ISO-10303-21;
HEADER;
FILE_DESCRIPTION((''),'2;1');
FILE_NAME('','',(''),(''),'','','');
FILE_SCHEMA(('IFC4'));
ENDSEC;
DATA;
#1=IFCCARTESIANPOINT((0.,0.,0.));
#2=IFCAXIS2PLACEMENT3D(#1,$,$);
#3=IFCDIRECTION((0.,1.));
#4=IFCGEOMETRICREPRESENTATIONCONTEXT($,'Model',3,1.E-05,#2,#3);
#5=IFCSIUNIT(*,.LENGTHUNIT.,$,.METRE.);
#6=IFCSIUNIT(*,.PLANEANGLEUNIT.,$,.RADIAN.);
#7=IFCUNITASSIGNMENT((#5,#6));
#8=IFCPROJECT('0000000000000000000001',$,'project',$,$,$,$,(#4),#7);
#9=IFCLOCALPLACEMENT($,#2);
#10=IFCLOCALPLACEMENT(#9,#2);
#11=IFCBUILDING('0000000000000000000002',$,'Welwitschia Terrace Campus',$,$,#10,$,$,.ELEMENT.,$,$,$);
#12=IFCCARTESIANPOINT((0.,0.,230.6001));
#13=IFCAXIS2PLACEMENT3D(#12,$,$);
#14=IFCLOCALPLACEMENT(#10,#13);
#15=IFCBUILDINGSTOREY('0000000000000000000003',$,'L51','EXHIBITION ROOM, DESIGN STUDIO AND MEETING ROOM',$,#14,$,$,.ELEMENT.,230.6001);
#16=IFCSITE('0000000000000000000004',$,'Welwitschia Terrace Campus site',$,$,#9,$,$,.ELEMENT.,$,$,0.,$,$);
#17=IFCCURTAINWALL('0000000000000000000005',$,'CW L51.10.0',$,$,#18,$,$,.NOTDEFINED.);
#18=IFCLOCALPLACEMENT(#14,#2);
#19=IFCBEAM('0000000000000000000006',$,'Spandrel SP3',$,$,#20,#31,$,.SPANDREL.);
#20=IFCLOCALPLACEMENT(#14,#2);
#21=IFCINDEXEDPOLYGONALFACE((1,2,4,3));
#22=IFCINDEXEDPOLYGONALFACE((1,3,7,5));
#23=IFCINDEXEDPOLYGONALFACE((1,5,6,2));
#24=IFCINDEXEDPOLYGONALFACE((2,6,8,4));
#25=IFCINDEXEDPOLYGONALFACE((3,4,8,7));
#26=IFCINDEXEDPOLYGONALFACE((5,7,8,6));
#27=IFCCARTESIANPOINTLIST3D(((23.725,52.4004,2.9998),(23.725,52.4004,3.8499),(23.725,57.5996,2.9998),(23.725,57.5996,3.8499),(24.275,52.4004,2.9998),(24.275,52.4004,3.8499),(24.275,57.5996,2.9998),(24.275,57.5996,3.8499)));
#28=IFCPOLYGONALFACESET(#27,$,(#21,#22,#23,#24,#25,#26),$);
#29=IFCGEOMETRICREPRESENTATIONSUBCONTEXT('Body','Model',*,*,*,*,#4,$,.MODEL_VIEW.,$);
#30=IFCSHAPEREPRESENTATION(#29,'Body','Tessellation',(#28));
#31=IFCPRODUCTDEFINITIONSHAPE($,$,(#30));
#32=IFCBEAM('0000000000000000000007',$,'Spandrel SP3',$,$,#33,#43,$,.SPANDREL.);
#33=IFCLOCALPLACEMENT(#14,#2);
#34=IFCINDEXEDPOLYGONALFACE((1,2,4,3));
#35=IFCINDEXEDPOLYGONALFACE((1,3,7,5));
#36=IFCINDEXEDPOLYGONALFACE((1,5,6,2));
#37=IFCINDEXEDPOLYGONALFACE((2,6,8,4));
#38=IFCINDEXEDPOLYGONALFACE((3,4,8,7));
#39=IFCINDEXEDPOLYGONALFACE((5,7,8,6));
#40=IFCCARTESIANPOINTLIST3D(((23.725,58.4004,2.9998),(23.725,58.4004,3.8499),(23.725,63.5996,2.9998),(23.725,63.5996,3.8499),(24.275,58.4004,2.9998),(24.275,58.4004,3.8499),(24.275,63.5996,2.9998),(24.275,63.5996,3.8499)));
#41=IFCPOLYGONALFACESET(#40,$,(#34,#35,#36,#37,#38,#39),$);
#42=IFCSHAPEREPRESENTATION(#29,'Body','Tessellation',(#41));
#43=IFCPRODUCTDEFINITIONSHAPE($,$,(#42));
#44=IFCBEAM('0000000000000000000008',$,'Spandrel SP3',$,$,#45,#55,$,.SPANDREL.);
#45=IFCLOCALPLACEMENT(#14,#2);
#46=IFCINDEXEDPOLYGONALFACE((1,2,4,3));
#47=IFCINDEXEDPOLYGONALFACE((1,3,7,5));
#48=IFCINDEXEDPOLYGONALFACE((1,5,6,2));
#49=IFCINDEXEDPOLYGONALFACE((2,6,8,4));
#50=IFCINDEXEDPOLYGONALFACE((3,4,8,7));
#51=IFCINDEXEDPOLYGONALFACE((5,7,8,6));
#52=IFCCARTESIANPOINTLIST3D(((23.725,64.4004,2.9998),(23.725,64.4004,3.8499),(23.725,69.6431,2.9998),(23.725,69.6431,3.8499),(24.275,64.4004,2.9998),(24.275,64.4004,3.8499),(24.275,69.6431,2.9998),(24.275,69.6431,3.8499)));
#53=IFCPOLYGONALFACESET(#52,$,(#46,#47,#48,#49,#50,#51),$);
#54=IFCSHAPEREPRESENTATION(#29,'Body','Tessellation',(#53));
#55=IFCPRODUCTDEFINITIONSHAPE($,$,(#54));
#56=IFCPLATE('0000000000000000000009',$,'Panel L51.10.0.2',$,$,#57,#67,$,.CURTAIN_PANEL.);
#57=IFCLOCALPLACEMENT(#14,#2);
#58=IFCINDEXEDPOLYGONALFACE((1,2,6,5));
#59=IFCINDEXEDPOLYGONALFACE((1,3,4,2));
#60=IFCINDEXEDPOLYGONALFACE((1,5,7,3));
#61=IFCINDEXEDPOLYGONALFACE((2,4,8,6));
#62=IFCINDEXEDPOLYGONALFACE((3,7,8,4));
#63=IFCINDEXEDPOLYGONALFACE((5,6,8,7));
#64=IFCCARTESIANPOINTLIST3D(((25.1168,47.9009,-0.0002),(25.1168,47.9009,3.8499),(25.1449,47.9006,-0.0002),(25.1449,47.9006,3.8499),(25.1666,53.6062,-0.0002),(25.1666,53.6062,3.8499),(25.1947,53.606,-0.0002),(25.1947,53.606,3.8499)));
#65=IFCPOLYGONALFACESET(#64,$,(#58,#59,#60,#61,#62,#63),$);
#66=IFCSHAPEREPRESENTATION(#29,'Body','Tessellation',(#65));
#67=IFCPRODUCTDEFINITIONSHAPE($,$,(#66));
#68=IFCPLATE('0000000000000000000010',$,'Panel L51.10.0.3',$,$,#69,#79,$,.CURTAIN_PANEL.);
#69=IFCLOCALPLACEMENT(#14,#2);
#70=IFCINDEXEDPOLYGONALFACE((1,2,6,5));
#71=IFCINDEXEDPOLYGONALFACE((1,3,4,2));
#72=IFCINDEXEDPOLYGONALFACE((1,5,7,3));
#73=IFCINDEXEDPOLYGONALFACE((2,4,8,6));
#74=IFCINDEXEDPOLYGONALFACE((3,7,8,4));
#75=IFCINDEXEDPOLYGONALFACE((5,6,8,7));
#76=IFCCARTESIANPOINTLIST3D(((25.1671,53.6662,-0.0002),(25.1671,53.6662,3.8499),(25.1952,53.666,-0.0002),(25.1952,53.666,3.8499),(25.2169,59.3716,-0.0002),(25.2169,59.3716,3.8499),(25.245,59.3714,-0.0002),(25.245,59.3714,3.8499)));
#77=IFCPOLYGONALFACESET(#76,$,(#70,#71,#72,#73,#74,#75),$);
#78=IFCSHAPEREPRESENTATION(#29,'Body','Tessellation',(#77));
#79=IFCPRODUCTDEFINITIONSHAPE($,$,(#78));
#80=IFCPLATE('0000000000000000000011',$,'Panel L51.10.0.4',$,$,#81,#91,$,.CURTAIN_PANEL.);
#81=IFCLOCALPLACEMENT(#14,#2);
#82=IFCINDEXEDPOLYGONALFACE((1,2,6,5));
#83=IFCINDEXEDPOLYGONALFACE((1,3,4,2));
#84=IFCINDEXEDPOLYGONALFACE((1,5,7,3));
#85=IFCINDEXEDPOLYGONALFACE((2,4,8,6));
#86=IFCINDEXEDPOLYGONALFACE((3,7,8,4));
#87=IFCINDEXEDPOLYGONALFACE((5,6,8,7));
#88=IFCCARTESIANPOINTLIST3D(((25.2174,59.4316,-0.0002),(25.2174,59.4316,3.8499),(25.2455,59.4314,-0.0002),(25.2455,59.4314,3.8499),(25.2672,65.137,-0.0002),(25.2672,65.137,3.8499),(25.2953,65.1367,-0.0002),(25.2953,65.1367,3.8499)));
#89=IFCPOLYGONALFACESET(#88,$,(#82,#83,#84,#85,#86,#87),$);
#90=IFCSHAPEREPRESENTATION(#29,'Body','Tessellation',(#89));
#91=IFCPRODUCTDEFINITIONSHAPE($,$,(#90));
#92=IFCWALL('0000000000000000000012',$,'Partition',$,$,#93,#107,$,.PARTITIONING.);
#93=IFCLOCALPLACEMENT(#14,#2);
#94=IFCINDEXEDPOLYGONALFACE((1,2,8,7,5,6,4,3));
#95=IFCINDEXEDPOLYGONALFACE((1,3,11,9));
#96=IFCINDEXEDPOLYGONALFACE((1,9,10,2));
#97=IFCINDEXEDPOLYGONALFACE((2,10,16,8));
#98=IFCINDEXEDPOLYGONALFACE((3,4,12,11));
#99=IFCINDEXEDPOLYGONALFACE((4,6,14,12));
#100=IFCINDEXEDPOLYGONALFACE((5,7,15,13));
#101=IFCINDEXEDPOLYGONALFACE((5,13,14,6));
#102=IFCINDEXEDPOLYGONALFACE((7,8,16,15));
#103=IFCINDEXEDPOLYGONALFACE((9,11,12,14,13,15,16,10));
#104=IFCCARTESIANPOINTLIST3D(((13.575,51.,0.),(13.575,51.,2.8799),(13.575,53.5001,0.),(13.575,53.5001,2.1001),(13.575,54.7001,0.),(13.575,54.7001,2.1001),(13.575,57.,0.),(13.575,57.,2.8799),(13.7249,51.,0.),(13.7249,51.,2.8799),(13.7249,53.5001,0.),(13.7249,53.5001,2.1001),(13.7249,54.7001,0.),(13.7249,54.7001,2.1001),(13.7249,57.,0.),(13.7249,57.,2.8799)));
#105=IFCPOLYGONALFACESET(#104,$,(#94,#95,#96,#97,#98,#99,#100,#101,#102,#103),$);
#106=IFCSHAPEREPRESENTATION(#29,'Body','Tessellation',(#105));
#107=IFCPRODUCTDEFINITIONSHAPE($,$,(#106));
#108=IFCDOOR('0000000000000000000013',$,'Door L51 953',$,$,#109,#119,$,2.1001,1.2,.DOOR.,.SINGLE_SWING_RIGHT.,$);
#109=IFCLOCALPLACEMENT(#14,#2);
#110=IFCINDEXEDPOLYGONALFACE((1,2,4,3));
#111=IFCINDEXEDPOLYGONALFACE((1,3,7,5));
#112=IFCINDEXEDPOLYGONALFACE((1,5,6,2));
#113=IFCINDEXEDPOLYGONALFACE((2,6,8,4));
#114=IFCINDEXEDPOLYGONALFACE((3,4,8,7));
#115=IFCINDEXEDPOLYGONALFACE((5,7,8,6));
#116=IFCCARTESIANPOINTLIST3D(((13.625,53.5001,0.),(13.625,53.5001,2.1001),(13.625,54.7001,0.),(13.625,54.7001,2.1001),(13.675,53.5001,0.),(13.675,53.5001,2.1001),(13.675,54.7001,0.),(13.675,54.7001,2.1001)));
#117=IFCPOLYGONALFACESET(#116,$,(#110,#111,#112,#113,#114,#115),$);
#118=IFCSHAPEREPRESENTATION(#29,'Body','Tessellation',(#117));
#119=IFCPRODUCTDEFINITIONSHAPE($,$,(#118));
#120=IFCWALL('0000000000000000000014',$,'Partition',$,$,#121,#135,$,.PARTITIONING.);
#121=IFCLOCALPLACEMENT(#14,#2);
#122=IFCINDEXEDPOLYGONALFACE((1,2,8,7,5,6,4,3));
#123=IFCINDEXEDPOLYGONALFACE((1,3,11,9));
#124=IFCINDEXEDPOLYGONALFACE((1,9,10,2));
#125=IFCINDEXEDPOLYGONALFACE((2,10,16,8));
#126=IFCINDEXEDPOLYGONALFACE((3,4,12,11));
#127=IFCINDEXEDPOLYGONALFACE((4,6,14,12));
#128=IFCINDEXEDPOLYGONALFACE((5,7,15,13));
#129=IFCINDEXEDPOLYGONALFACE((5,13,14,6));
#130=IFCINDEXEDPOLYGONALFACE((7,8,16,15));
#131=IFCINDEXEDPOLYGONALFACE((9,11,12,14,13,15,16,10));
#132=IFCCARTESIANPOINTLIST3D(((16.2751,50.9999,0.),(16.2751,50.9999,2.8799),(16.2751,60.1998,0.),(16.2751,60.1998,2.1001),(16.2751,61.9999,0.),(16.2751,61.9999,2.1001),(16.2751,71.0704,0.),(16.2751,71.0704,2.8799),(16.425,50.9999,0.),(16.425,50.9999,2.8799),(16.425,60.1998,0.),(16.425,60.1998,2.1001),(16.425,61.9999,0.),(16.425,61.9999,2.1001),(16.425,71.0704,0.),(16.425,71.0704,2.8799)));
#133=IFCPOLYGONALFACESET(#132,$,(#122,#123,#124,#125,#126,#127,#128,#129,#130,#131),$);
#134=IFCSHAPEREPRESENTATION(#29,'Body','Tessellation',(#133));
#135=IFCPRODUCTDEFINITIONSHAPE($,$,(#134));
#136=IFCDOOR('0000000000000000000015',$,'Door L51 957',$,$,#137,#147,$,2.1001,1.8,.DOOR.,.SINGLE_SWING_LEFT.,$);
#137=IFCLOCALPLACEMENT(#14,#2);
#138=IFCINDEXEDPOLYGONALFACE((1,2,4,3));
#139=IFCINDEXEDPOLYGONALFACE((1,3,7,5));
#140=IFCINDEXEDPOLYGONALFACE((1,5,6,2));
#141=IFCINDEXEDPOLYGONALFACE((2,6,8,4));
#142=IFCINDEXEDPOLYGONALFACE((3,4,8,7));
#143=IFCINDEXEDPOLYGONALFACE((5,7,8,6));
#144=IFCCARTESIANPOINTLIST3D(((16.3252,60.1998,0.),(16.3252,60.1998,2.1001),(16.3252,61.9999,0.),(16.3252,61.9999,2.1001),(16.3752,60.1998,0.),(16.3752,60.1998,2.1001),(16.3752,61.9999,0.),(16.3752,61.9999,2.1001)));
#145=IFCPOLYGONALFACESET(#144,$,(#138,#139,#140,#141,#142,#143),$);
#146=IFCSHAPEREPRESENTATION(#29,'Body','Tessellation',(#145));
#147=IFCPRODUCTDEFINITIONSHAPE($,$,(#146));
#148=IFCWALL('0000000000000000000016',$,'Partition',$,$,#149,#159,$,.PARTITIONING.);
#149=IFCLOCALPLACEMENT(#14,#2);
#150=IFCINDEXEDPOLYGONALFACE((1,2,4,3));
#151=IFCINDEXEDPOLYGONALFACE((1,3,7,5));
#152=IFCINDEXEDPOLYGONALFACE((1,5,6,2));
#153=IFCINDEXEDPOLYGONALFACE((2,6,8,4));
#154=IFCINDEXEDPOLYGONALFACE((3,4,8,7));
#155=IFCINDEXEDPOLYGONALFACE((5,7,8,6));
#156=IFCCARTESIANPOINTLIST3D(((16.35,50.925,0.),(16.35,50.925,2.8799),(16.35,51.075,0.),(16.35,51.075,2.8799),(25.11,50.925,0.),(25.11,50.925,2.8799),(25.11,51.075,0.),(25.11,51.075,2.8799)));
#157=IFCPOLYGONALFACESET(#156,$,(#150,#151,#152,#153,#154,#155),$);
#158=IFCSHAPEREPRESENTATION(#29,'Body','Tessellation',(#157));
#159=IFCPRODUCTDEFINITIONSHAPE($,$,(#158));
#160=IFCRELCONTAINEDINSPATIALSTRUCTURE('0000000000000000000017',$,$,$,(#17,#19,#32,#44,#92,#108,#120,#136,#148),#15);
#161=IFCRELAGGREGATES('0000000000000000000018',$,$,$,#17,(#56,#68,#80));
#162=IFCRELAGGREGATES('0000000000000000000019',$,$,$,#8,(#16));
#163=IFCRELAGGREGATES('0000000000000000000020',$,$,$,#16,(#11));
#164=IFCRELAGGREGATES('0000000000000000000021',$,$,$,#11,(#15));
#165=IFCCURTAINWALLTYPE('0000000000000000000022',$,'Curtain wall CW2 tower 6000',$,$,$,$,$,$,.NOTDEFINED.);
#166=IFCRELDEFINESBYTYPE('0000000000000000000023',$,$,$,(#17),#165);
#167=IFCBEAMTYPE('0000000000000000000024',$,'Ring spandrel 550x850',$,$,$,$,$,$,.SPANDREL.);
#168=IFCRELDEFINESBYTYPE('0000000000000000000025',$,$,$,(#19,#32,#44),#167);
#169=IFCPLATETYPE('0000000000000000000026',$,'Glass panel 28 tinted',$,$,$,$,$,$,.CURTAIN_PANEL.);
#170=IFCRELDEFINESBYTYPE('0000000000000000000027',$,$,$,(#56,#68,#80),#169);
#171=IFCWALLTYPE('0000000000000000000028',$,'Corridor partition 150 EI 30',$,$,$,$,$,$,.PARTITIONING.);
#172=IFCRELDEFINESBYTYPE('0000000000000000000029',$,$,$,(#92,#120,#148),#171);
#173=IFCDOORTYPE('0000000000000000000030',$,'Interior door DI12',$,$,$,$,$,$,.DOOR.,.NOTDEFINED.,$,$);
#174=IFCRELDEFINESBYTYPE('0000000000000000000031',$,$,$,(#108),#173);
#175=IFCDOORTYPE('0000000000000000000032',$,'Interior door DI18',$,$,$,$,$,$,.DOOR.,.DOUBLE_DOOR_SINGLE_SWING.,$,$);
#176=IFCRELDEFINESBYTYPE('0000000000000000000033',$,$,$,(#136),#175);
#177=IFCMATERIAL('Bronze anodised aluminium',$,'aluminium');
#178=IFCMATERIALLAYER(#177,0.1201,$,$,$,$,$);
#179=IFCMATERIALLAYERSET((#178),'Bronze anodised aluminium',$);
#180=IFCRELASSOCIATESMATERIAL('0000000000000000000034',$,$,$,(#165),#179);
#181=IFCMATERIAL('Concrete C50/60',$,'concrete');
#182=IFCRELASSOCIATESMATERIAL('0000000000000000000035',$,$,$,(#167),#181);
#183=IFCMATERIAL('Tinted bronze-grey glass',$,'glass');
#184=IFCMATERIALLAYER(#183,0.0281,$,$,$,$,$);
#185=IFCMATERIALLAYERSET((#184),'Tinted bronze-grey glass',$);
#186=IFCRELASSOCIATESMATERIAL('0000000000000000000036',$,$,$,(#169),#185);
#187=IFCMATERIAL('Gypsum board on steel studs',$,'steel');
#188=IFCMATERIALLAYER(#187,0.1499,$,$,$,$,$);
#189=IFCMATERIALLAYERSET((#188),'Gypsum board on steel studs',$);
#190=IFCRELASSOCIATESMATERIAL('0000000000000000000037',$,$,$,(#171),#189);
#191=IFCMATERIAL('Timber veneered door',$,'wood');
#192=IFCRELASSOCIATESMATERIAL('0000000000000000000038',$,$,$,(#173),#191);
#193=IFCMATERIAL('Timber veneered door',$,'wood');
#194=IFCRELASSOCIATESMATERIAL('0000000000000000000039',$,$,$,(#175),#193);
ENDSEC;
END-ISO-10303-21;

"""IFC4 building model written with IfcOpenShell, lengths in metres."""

from ifc_helpers import new_model, si_unit, direction, frame, frame_2d, origin, origin_2d, place, context, subcontext, project, spatial, rectangle, extrude, material, layer, layer_set, material_profile, profile_set, type_object, element, fill, aggregate, save


model = new_model("IFC4")

# Units and contexts
model_context = context("Model", 3, precision=1e-05, world=origin(), true_north=direction((0.0, 1.0)))
body_context = subcontext(model_context, "Body", "Model", "MODEL_VIEW")
ifc_project = project(units=[si_unit("LENGTHUNIT", "METRE"), si_unit("PLANEANGLEUNIT", "RADIAN")], contexts=[model_context])

# Site, building, storey
site_placement = place(None, origin())
site = spatial("IfcSite", under=ifc_project, at=site_placement, Name="Welwitschia Terrace Campus site", CompositionType="ELEMENT", RefElevation=0.0)
building_placement = place(site_placement, origin())
building = spatial("IfcBuilding", under=site, at=building_placement, Name="Welwitschia Terrace Campus", CompositionType="ELEMENT")
storey_placement = place(building_placement, frame((0.0, 0.0, 230.6001)))
storey = spatial("IfcBuildingStorey", under=building, at=storey_placement, Name="L51", Description="EXHIBITION ROOM, DESIGN STUDIO AND MEETING ROOM", CompositionType="ELEMENT", Elevation=230.6001)

# Curtain wall
ifc_material_1 = material(Name="Bronze anodised aluminium", Category="aluminium")
ifc_layer_1 = layer(ifc_material_1, 0.1201)
ifc_layer_set_1 = layer_set([ifc_layer_1], Name="Bronze anodised aluminium")
curtain_wall_type = type_object("IfcCurtainWallType", Name="Curtain wall CW2 tower 6000", PredefinedType="NOTDEFINED", material=ifc_layer_set_1)
curtain_wall_placement = place(storey_placement, origin())
curtain_wall = element("IfcCurtainWall", 1, at=curtain_wall_placement, inside=storey, type_object=curtain_wall_type, Name="CW L51.10.0", PredefinedType="NOTDEFINED")

# Beams
ifc_material_2 = material(Name="Concrete C50/60", Category="concrete")
ifc_material_profile_1 = material_profile(ifc_material_2, rectangle(XDim=0.55, YDim=0.8501, at=origin_2d()))
ifc_profile_set_1 = profile_set([ifc_material_profile_1], Name="Concrete C50/60")
beam_type_1 = type_object("IfcBeamType", Name="Ring spandrel 550x850", PredefinedType="SPANDREL", material=ifc_profile_set_1)
for number, where, z_axis, x_axis, name in (
    (2, (24.0, 52.4004, 3.4248), (0.0, 1.0, 0.0), (-1.0, 0.0, 0.0), "Spandrel SP3"),
    (3, (24.0, 58.4004, 3.4248), (0.0, 1.0, 0.0), (-1.0, 0.0, 0.0), "Spandrel SP3"),
):
    element("IfcBeam", number, at=place(storey_placement, frame(where, z_axis=z_axis, x_axis=x_axis)), inside=storey, type_object=beam_type_1, Name=name, PredefinedType="SPANDREL", context=body_context, shape_type="SweptSolid", body=[
        extrude(rectangle(XDim=0.55, YDim=0.8501, at=origin_2d()), origin(), (0.0, 0.0, 1.0), 5.1992),
    ])
beam_1_placement = place(storey_placement, frame((24.0, 64.4004, 3.4248), z_axis=(0.0, 1.0, 0.0), x_axis=(-1.0, 0.0, 0.0)))
element("IfcBeam", 4, at=beam_1_placement, inside=storey, type_object=beam_type_1, Name="Spandrel SP3", PredefinedType="SPANDREL", context=body_context, shape_type="SweptSolid", body=[
    extrude(rectangle(XDim=0.55, YDim=0.8501, at=origin_2d()), origin(), (0.0, 0.0, 1.0), 5.2427),
])

# Plates
ifc_material_3 = material(Name="Tinted bronze-grey glass", Category="glass")
ifc_layer_2 = layer(ifc_material_3, 0.0281)
ifc_layer_set_2 = layer_set([ifc_layer_2], Name="Tinted bronze-grey glass")
plate_type = type_object("IfcPlateType", Name="Glass panel 28 tinted", PredefinedType="CURTAIN_PANEL", material=ifc_layer_set_2)
plate_1_placement = place(storey_placement, frame((25.1558, 50.7534, -0.0002), z_axis=(0.0, 0.0, 1.0), x_axis=(0.008727, 0.999962, 0.0)))
plate_1 = element("IfcPlate", 5, at=plate_1_placement, type_object=plate_type, Name="Panel L51.10.0.2", PredefinedType="CURTAIN_PANEL", context=body_context, shape_type="SweptSolid", body=[
    extrude(rectangle(XDim=5.7056, YDim=0.0281, at=origin_2d()), origin(), (0.0, 0.0, 1.0), 3.8501),
])
plate_2_placement = place(storey_placement, frame((25.2061, 56.5188, -0.0002), z_axis=(0.0, 0.0, 1.0), x_axis=(0.008727, 0.999962, 0.0)))
plate_2 = element("IfcPlate", 6, at=plate_2_placement, type_object=plate_type, Name="Panel L51.10.0.3", PredefinedType="CURTAIN_PANEL", context=body_context, shape_type="SweptSolid", body=[
    extrude(rectangle(XDim=5.7056, YDim=0.0281, at=origin_2d()), origin(), (0.0, 0.0, 1.0), 3.8501),
])
plate_3_placement = place(storey_placement, frame((25.2563, 62.2842, -0.0002), z_axis=(0.0, 0.0, 1.0), x_axis=(0.008727, 0.999962, 0.0)))
plate_3 = element("IfcPlate", 7, at=plate_3_placement, type_object=plate_type, Name="Panel L51.10.0.4", PredefinedType="CURTAIN_PANEL", context=body_context, shape_type="SweptSolid", body=[
    extrude(rectangle(XDim=5.7056, YDim=0.0281, at=origin_2d()), origin(), (0.0, 0.0, 1.0), 3.8501),
])
aggregate(curtain_wall, [plate_1, plate_2, plate_3])

# Walls, openings, doors
ifc_material_4 = material(Name="Gypsum board on steel studs", Category="steel")
ifc_layer_3 = layer(ifc_material_4, 0.1499)
ifc_layer_set_3 = layer_set([ifc_layer_3], Name="Gypsum board on steel studs")
wall_type = type_object("IfcWallType", Name="Corridor partition 150 EI 30", PredefinedType="PARTITIONING", material=ifc_layer_set_3)
wall_1_placement = place(storey_placement, frame((13.6499, 51.0, 0.0), z_axis=(0.0, 0.0, 1.0), x_axis=(0.0, 1.0, 0.0)))
wall_1 = element("IfcWall", 8, at=wall_1_placement, inside=storey, type_object=wall_type, Name="Partition", PredefinedType="PARTITIONING", context=body_context, shape_type="SweptSolid", body=[
    extrude(rectangle(XDim=6.0, YDim=0.1499, at=frame_2d((3.0, 0.0))), origin(), (0.0, 0.0, 1.0), 2.8799),
])
opening_1_placement = place(wall_1_placement, frame((2.5, 0.0, 0.0)))
opening_1 = element("IfcOpeningElement", 9, at=opening_1_placement, cuts=wall_1, PredefinedType="OPENING", context=body_context, shape_type="SweptSolid", body=[
    extrude(rectangle(XDim=1.2, YDim=2.1001, at=frame_2d((0.6001, 1.05))), frame((0.0, 0.085, 0.0), z_axis=(0.0, -1.0, 0.0), x_axis=(1.0, 0.0, 0.0)), (0.0, 0.0, 1.0), 0.1699),
])
ifc_material_5 = material(Name="Timber veneered door", Category="wood")
door_type_1 = type_object("IfcDoorType", Name="Interior door DI12", OperationType="NOTDEFINED", PredefinedType="DOOR", material=ifc_material_5)
door_1_placement = place(opening_1_placement, origin())
door_1 = element("IfcDoor", 10, at=door_1_placement, inside=storey, type_object=door_type_1, Name="Door L51 953", OperationType="SINGLE_SWING_RIGHT", OverallHeight=2.1001, OverallWidth=1.2, PredefinedType="DOOR", context=body_context, shape_type="SweptSolid", body=[
    extrude(rectangle(XDim=1.2, YDim=2.1001, at=frame_2d((0.6001, 1.05))), frame((0.0, 0.0249, 0.0), z_axis=(0.0, -1.0, 0.0), x_axis=(1.0, 0.0, 0.0)), (0.0, 0.0, 1.0), 0.05),
])
fill(opening_1, door_1)
wall_2_placement = place(storey_placement, frame((16.3501, 51.0, 0.0), z_axis=(0.0, 0.0, 1.0), x_axis=(0.0, 1.0, 0.0)))
wall_2 = element("IfcWall", 11, at=wall_2_placement, inside=storey, type_object=wall_type, Name="Partition", PredefinedType="PARTITIONING", context=body_context, shape_type="SweptSolid", body=[
    extrude(rectangle(XDim=20.0706, YDim=0.1499, at=frame_2d((10.0352, 0.0))), origin(), (0.0, 0.0, 1.0), 2.8799),
])
opening_2_placement = place(wall_2_placement, frame((9.2, 0.0, 0.0)))
opening_2 = element("IfcOpeningElement", 12, at=opening_2_placement, cuts=wall_2, PredefinedType="OPENING", context=body_context, shape_type="SweptSolid", body=[
    extrude(rectangle(XDim=1.8, YDim=2.1001, at=frame_2d((0.8999, 1.05))), frame((0.0, 0.085, 0.0), z_axis=(0.0, -1.0, 0.0), x_axis=(1.0, 0.0, 0.0)), (0.0, 0.0, 1.0), 0.1699),
])
ifc_material_6 = material(Name="Timber veneered door", Category="wood")
door_type_2 = type_object("IfcDoorType", Name="Interior door DI18", OperationType="DOUBLE_DOOR_SINGLE_SWING", PredefinedType="DOOR", material=ifc_material_6)
door_2_placement = place(opening_2_placement, origin())
door_2 = element("IfcDoor", 13, at=door_2_placement, inside=storey, type_object=door_type_2, Name="Door L51 957", OperationType="SINGLE_SWING_LEFT", OverallHeight=2.1001, OverallWidth=1.8, PredefinedType="DOOR", context=body_context, shape_type="SweptSolid", body=[
    extrude(rectangle(XDim=1.8, YDim=2.1001, at=frame_2d((0.8999, 1.05))), frame((0.0, 0.0249, 0.0), z_axis=(0.0, -1.0, 0.0), x_axis=(1.0, 0.0, 0.0)), (0.0, 0.0, 1.0), 0.05),
])
fill(opening_2, door_2)

# Wall
wall_3_placement = place(storey_placement, frame((16.3501, 51.0, 0.0), z_axis=(0.0, 0.0, 1.0), x_axis=(1.0, 0.0, 0.0)))
element("IfcWall", 14, at=wall_3_placement, inside=storey, type_object=wall_type, Name="Partition", PredefinedType="PARTITIONING", context=body_context, shape_type="SweptSolid", body=[
    extrude(rectangle(XDim=8.76, YDim=0.1499, at=frame_2d((4.3799, 0.0))), origin(), (0.0, 0.0, 1.0), 2.8799),
])

save(model, "model.ifc")
